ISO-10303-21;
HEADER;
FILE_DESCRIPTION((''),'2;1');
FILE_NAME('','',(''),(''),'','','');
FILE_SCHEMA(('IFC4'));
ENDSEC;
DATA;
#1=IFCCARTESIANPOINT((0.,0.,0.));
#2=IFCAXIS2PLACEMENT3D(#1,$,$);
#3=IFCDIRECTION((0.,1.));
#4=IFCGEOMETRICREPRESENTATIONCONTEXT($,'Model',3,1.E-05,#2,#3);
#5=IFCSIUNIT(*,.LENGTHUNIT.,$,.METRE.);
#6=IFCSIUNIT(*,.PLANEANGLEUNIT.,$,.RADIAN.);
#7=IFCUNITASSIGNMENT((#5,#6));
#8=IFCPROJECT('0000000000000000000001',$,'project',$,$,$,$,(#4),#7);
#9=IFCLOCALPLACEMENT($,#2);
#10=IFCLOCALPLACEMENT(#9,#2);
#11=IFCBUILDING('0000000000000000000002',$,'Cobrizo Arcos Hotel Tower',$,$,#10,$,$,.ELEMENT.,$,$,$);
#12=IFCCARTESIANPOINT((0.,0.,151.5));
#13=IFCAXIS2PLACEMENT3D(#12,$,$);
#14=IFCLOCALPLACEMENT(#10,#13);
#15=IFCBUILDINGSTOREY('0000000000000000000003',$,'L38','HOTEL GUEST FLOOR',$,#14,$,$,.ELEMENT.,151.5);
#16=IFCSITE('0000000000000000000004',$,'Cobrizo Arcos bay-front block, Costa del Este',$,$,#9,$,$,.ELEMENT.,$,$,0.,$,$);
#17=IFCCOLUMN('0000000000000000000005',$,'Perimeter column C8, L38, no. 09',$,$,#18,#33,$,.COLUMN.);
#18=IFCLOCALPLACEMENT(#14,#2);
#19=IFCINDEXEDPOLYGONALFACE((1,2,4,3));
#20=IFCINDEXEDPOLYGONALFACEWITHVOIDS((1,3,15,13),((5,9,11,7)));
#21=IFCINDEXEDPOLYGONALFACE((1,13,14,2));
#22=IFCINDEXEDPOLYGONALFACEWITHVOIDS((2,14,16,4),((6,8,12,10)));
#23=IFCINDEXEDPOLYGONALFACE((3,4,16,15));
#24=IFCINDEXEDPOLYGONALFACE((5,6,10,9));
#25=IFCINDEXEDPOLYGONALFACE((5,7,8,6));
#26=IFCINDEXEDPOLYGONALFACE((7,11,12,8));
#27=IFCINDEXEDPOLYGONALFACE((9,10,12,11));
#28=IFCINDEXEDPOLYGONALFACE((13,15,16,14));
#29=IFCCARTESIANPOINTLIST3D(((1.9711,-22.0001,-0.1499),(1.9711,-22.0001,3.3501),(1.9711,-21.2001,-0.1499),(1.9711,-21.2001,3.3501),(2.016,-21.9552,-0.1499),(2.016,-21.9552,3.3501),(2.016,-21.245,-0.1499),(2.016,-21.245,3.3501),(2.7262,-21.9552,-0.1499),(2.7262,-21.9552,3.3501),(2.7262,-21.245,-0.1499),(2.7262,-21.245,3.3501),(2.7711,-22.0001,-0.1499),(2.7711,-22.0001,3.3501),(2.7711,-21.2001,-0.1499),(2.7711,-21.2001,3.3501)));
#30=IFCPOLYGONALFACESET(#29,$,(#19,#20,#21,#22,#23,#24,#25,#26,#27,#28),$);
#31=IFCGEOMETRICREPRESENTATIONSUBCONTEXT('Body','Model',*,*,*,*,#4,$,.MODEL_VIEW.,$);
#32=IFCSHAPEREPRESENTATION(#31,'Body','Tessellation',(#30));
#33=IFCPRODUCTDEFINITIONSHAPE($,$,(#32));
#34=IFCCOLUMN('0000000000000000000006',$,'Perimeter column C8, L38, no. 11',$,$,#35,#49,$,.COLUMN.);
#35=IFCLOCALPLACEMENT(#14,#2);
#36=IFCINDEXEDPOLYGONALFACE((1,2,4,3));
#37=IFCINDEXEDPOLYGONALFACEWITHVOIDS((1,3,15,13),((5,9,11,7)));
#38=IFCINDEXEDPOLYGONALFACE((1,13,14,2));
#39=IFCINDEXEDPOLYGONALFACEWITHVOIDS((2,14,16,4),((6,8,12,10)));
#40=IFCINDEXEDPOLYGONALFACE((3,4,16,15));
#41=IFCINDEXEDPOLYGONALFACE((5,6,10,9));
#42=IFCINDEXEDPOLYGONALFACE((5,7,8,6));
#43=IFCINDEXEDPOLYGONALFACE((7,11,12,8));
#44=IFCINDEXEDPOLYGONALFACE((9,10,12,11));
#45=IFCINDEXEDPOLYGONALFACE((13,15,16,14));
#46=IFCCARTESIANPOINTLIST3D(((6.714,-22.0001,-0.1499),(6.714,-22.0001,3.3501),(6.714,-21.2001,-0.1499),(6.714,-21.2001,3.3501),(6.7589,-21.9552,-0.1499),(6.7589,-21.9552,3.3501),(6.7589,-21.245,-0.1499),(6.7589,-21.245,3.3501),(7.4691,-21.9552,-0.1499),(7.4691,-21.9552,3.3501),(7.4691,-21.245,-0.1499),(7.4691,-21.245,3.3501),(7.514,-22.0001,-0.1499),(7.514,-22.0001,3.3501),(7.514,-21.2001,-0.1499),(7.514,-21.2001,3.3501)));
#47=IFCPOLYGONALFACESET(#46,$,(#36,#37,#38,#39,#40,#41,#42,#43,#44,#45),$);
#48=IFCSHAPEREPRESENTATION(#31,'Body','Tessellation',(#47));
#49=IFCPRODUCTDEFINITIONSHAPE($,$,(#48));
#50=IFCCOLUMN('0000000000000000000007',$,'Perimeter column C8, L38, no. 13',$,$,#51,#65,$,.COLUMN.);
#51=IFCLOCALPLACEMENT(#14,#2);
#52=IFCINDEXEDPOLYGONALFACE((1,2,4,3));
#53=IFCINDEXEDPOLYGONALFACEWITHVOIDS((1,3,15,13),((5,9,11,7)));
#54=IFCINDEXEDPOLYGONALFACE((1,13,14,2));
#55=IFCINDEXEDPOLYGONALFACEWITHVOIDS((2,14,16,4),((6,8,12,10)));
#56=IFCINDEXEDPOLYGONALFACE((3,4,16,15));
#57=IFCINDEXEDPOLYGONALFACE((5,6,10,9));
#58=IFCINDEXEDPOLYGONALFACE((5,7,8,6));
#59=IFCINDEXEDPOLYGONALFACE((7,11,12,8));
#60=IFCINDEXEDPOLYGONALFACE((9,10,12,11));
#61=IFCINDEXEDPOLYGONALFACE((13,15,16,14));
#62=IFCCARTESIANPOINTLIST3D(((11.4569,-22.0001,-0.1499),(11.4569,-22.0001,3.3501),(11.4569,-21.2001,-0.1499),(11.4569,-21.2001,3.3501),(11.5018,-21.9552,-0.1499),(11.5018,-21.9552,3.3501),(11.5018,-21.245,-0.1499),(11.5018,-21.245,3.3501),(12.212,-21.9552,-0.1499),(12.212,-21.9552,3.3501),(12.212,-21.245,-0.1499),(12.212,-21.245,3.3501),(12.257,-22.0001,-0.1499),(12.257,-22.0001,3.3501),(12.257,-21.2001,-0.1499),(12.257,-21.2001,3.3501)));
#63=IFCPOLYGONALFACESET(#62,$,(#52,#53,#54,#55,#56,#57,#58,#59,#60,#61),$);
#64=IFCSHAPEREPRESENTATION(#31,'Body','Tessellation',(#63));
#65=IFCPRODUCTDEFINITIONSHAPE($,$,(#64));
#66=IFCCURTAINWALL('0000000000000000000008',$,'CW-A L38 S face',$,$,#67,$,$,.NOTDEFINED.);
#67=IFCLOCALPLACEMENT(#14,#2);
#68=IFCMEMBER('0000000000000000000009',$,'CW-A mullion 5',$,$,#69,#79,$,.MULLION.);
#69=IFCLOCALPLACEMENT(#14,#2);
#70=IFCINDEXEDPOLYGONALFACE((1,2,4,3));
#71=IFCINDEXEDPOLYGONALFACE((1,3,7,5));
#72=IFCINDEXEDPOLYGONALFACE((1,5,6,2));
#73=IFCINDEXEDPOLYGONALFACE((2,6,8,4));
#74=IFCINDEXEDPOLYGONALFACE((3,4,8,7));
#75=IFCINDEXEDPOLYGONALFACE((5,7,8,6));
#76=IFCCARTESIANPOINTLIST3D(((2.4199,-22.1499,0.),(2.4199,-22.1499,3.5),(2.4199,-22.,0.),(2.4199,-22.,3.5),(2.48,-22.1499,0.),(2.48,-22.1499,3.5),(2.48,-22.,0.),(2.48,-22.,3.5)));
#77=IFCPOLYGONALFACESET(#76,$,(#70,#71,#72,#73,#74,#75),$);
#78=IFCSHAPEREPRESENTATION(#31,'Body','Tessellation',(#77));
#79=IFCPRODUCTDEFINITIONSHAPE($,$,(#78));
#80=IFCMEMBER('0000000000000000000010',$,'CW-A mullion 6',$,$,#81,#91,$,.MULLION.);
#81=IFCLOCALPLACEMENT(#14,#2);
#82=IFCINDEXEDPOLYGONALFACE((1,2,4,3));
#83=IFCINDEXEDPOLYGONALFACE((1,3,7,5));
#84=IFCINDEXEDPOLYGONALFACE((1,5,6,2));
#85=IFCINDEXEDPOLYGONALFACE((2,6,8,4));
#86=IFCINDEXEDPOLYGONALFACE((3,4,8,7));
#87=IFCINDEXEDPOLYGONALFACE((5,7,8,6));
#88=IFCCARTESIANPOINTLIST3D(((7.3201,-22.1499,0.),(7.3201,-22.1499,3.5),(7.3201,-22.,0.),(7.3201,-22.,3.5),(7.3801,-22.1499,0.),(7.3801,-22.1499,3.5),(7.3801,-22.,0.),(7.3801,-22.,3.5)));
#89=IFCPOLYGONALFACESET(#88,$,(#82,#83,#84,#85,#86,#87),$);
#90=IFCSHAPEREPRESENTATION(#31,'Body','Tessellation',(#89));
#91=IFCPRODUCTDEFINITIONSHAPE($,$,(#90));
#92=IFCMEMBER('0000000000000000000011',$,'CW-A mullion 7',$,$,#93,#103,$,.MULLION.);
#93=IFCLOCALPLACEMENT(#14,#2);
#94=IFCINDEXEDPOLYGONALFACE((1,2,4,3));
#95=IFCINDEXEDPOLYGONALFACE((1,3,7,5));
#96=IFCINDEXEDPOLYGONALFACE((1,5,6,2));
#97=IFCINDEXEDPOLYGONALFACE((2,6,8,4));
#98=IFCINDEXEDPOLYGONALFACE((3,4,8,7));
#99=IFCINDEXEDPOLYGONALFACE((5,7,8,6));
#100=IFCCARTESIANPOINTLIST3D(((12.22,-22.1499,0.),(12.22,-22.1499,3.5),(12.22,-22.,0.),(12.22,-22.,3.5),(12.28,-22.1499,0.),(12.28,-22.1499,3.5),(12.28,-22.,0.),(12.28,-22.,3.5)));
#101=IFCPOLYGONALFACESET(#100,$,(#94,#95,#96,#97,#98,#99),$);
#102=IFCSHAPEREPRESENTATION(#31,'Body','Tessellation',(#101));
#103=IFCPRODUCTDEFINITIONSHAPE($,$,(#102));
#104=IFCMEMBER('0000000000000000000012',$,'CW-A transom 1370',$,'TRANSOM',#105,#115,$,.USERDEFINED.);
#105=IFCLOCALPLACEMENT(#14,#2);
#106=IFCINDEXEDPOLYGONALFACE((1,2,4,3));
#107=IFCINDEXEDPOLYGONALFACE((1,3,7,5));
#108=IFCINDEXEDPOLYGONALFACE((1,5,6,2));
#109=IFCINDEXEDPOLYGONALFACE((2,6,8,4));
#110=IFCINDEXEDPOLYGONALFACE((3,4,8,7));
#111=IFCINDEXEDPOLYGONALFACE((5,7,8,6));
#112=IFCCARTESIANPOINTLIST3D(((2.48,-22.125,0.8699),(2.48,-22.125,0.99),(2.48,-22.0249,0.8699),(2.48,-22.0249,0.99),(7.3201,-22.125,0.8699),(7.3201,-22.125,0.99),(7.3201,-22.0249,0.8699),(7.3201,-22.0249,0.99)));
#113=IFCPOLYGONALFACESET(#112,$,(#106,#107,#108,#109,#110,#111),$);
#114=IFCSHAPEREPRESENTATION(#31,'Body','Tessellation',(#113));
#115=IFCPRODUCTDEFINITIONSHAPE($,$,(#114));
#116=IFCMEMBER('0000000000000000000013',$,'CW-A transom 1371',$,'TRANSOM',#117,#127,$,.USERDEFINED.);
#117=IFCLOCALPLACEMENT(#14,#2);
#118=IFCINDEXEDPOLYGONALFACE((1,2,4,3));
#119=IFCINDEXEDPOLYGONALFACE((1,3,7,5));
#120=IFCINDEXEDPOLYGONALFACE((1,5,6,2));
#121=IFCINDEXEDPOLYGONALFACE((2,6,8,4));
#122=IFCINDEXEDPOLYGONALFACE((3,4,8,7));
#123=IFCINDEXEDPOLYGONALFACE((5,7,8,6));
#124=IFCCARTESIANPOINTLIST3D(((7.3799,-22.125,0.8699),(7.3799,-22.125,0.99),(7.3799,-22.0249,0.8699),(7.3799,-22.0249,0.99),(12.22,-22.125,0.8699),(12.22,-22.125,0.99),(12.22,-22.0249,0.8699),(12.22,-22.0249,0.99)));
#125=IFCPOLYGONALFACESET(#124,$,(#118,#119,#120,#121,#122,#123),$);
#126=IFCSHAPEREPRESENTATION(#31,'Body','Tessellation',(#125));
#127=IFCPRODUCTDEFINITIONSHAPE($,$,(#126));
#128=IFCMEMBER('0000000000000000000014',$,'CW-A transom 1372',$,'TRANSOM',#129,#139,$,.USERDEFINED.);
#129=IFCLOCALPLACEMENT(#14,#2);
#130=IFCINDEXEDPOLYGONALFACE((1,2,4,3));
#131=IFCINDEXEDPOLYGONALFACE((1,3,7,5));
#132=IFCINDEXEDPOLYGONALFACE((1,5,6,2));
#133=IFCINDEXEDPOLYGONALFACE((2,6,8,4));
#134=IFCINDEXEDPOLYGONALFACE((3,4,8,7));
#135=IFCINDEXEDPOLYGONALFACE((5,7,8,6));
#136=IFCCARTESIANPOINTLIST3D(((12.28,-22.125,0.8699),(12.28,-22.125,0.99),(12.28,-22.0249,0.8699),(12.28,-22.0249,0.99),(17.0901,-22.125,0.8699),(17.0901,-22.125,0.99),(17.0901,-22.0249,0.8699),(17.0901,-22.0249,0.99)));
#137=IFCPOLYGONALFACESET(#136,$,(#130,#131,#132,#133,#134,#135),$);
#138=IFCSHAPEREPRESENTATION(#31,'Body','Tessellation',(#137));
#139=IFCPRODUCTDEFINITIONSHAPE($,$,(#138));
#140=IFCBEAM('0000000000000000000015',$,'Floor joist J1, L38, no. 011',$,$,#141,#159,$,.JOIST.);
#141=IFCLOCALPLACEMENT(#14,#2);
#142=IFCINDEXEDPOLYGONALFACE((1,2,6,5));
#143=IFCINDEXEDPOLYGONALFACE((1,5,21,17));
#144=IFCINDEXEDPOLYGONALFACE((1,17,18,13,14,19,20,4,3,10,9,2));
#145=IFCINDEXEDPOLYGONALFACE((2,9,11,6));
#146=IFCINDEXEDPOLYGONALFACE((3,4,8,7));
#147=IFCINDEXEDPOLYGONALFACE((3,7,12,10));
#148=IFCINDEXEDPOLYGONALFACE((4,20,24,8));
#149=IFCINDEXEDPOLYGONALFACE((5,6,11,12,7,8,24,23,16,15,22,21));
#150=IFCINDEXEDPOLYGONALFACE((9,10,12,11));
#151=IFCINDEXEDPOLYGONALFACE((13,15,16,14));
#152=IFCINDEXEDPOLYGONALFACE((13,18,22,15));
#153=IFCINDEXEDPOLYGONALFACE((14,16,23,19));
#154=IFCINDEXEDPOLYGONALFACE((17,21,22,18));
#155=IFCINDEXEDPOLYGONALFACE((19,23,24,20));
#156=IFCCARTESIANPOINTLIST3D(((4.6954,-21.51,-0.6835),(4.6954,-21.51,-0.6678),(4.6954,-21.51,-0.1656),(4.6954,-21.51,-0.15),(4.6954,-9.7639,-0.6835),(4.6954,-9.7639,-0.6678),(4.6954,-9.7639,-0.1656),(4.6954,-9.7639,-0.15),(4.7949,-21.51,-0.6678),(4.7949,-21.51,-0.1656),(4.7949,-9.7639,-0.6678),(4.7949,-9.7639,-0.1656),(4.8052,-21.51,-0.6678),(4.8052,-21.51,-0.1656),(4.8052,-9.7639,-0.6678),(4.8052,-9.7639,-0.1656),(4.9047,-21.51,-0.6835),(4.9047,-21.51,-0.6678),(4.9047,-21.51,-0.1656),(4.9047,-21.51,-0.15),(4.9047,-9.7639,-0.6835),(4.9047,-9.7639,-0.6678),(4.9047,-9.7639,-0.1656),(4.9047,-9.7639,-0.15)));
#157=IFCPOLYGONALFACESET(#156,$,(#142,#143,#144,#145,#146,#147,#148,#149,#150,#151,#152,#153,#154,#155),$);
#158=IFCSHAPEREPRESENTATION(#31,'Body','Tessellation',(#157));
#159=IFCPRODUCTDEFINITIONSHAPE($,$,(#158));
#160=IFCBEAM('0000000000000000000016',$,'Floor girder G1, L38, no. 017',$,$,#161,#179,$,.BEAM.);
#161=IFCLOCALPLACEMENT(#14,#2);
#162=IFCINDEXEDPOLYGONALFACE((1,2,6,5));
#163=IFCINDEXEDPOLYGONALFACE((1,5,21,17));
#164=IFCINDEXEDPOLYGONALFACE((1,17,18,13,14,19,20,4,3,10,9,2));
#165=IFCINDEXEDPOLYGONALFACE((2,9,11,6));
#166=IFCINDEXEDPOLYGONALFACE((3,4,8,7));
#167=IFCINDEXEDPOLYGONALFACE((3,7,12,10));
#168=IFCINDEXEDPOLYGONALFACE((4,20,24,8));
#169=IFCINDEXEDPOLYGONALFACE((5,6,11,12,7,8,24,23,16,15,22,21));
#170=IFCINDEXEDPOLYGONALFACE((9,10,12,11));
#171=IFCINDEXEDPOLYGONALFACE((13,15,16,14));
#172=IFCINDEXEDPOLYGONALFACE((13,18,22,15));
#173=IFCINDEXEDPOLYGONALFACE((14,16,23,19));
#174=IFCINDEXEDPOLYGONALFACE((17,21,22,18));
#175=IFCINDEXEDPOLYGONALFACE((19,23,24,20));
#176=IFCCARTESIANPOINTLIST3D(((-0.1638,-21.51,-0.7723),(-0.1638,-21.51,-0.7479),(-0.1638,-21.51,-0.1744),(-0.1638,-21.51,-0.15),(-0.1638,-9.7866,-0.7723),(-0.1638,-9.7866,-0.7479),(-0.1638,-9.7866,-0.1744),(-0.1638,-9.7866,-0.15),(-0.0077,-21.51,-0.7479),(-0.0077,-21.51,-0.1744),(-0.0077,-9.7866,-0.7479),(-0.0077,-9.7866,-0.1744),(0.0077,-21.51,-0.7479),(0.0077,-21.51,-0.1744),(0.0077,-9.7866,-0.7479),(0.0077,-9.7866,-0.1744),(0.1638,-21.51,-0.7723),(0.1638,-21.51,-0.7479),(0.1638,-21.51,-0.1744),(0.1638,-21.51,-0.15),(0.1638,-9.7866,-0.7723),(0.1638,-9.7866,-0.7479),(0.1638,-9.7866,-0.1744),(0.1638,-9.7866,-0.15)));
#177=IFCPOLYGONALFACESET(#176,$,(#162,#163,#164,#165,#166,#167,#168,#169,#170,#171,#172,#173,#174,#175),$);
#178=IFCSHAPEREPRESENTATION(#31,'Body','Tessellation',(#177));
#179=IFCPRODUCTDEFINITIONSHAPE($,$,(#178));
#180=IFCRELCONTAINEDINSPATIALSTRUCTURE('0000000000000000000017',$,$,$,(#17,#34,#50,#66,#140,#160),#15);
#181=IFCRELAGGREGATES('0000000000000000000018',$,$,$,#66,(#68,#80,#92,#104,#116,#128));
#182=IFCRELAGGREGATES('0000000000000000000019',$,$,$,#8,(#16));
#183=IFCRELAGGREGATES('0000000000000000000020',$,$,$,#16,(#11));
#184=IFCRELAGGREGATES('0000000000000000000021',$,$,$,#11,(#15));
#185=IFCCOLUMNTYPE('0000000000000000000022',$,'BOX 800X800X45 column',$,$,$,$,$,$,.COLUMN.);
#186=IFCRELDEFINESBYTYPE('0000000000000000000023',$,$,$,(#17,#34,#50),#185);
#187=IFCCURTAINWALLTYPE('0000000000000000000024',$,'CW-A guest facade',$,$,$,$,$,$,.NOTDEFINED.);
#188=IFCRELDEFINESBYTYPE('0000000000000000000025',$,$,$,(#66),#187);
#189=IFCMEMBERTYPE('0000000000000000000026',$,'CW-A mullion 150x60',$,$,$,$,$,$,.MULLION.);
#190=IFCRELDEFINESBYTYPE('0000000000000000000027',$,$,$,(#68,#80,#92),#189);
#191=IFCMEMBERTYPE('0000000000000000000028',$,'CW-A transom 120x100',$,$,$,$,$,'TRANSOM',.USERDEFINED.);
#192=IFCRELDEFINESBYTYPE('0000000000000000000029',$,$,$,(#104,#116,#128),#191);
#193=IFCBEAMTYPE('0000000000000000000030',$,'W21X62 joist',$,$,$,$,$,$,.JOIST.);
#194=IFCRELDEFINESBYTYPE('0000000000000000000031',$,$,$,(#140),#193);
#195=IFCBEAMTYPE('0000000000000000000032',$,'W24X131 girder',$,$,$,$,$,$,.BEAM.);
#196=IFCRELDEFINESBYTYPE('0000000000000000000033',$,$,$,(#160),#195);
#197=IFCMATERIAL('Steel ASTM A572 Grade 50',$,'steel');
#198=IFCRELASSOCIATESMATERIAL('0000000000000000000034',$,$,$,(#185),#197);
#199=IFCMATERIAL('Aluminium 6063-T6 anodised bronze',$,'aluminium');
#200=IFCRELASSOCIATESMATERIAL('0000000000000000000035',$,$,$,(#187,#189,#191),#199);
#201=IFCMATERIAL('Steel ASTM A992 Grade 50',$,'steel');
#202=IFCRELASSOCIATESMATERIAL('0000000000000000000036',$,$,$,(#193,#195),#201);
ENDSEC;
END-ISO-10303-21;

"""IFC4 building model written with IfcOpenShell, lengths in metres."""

from ifc_helpers import new_model, si_unit, direction, frame, origin, origin_2d, place, context, subcontext, project, spatial, rectangle, hollow_rectangle, i_section, extrude, material, material_profile, profile_set, type_object, element, aggregate, save


model = new_model("IFC4")

# Units and contexts
model_context = context("Model", 3, precision=1e-05, world=origin(), true_north=direction((0.0, 1.0)))
body_context = subcontext(model_context, "Body", "Model", "MODEL_VIEW")
ifc_project = project(units=[si_unit("LENGTHUNIT", "METRE"), si_unit("PLANEANGLEUNIT", "RADIAN")], contexts=[model_context])

# Site, building, storey
site_placement = place(None, origin())
site = spatial("IfcSite", under=ifc_project, at=site_placement, Name="Cobrizo Arcos bay-front block, Costa del Este", CompositionType="ELEMENT", RefElevation=0.0)
building_placement = place(site_placement, origin())
building = spatial("IfcBuilding", under=site, at=building_placement, Name="Cobrizo Arcos Hotel Tower", CompositionType="ELEMENT")
storey_placement = place(building_placement, frame((0.0, 0.0, 151.5)))
storey = spatial("IfcBuildingStorey", under=building, at=storey_placement, Name="L38", Description="HOTEL GUEST FLOOR", CompositionType="ELEMENT", Elevation=151.5)

# Columns
ifc_material_1 = material(Name="Steel ASTM A572 Grade 50", Category="steel")
ifc_material_profile_1 = material_profile(ifc_material_1, hollow_rectangle(XDim=0.8, YDim=0.8, WallThickness=0.0449, at=origin_2d()), Name="BOX 800X800X45")
ifc_profile_set_1 = profile_set([ifc_material_profile_1], Name="Steel ASTM A572 Grade 50")
column_type = type_object("IfcColumnType", Name="BOX 800X800X45 column", PredefinedType="COLUMN", material=ifc_profile_set_1)
for number, where, z_axis, x_axis, name in (
    (1, (2.3711, -21.6001, -0.1499), (0.0, 0.0, 1.0), (1.0, 0.0, 0.0), "Perimeter column C8, L38, no. 09"),
    (2, (7.114, -21.6001, -0.1499), (0.0, 0.0, 1.0), (1.0, 0.0, 0.0), "Perimeter column C8, L38, no. 11"),
    (3, (11.8569, -21.6001, -0.1499), (0.0, 0.0, 1.0), (1.0, 0.0, 0.0), "Perimeter column C8, L38, no. 13"),
):
    element("IfcColumn", number, at=place(storey_placement, frame(where, z_axis=z_axis, x_axis=x_axis)), inside=storey, type_object=column_type, Name=name, PredefinedType="COLUMN", context=body_context, shape_type="SweptSolid", body=[
        extrude(hollow_rectangle(XDim=0.8, YDim=0.8, WallThickness=0.0449, at=origin_2d()), origin(), (0.0, 0.0, 1.0), 3.5),
    ])

# Curtain wall, members
ifc_material_2 = material(Name="Aluminium 6063-T6 anodised bronze", Category="aluminium")
curtain_wall_type = type_object("IfcCurtainWallType", Name="CW-A guest facade", PredefinedType="NOTDEFINED", material=ifc_material_2)
curtain_wall_placement = place(storey_placement, origin())
curtain_wall = element("IfcCurtainWall", 4, at=curtain_wall_placement, inside=storey, type_object=curtain_wall_type, Name="CW-A L38 S face", PredefinedType="NOTDEFINED")
ifc_material_profile_2 = material_profile(ifc_material_2, rectangle(XDim=0.1499, YDim=0.0601, at=origin_2d()), Name="CW-A mullion 150x60")
ifc_profile_set_2 = profile_set([ifc_material_profile_2], Name="Aluminium 6063-T6 anodised bronze")
member_type_1 = type_object("IfcMemberType", Name="CW-A mullion 150x60", PredefinedType="MULLION", material=ifc_profile_set_2)
member_1_placement = place(storey_placement, frame((2.45, -22.075, 0.0), z_axis=(0.0, 0.0, 1.0), x_axis=(0.0, -1.0, 0.0)))
member_1 = element("IfcMember", 5, at=member_1_placement, type_object=member_type_1, Name="CW-A mullion 5", PredefinedType="MULLION", context=body_context, shape_type="SweptSolid", body=[
    extrude(rectangle(XDim=0.1499, YDim=0.0601, at=origin_2d()), origin(), (0.0, 0.0, 1.0), 3.5),
])
member_2_placement = place(storey_placement, frame((7.3501, -22.075, 0.0), z_axis=(0.0, 0.0, 1.0), x_axis=(0.0, -1.0, 0.0)))
member_2 = element("IfcMember", 6, at=member_2_placement, type_object=member_type_1, Name="CW-A mullion 6", PredefinedType="MULLION", context=body_context, shape_type="SweptSolid", body=[
    extrude(rectangle(XDim=0.1499, YDim=0.0601, at=origin_2d()), origin(), (0.0, 0.0, 1.0), 3.5),
])
member_3_placement = place(storey_placement, frame((12.25, -22.075, 0.0), z_axis=(0.0, 0.0, 1.0), x_axis=(0.0, -1.0, 0.0)))
member_3 = element("IfcMember", 7, at=member_3_placement, type_object=member_type_1, Name="CW-A mullion 7", PredefinedType="MULLION", context=body_context, shape_type="SweptSolid", body=[
    extrude(rectangle(XDim=0.1499, YDim=0.0601, at=origin_2d()), origin(), (0.0, 0.0, 1.0), 3.5),
])
ifc_material_profile_3 = material_profile(ifc_material_2, rectangle(XDim=0.1001, YDim=0.1201, at=origin_2d()), Name="CW-A transom 120x100")
ifc_profile_set_3 = profile_set([ifc_material_profile_3], Name="Aluminium 6063-T6 anodised bronze")
member_type_2 = type_object("IfcMemberType", Name="CW-A transom 120x100", ElementType="TRANSOM", PredefinedType="USERDEFINED", material=ifc_profile_set_3)
member_4_placement = place(storey_placement, frame((2.48, -22.075, 0.9299), z_axis=(1.0, 0.0, 0.0), x_axis=(0.0, 1.0, 0.0)))
member_4 = element("IfcMember", 8, at=member_4_placement, type_object=member_type_2, Name="CW-A transom 1370", ObjectType="TRANSOM", PredefinedType="USERDEFINED", context=body_context, shape_type="SweptSolid", body=[
    extrude(rectangle(XDim=0.1001, YDim=0.1201, at=origin_2d()), origin(), (0.0, 0.0, 1.0), 4.8401),
])
member_5_placement = place(storey_placement, frame((7.3799, -22.075, 0.9299), z_axis=(1.0, 0.0, 0.0), x_axis=(0.0, 1.0, 0.0)))
member_5 = element("IfcMember", 9, at=member_5_placement, type_object=member_type_2, Name="CW-A transom 1371", ObjectType="TRANSOM", PredefinedType="USERDEFINED", context=body_context, shape_type="SweptSolid", body=[
    extrude(rectangle(XDim=0.1001, YDim=0.1201, at=origin_2d()), origin(), (0.0, 0.0, 1.0), 4.8401),
])
member_6_placement = place(storey_placement, frame((12.28, -22.075, 0.9299), z_axis=(1.0, 0.0, 0.0), x_axis=(0.0, 1.0, 0.0)))
member_6 = element("IfcMember", 10, at=member_6_placement, type_object=member_type_2, Name="CW-A transom 1372", ObjectType="TRANSOM", PredefinedType="USERDEFINED", context=body_context, shape_type="SweptSolid", body=[
    extrude(rectangle(XDim=0.1001, YDim=0.1201, at=origin_2d()), origin(), (0.0, 0.0, 1.0), 4.8101),
])

# Beams
ifc_material_3 = material(Name="Steel ASTM A992 Grade 50", Category="steel")
ifc_material_profile_4 = material_profile(ifc_material_3, i_section(OverallWidth=0.2092, OverallDepth=0.5334, WebThickness=0.0103, FlangeThickness=0.0156, at=origin_2d()), Name="W21X62")
ifc_profile_set_4 = profile_set([ifc_material_profile_4], Name="Steel ASTM A992 Grade 50")
beam_type_1 = type_object("IfcBeamType", Name="W21X62 joist", PredefinedType="JOIST", material=ifc_profile_set_4)
beam_1_placement = place(storey_placement, frame((4.8, -21.51, -0.4167), z_axis=(0.0, 1.0, 0.0), x_axis=(-1.0, 0.0, 0.0)))
element("IfcBeam", 11, at=beam_1_placement, inside=storey, type_object=beam_type_1, Name="Floor joist J1, L38, no. 011", PredefinedType="JOIST", context=body_context, shape_type="SweptSolid", body=[
    extrude(i_section(OverallWidth=0.2092, OverallDepth=0.5334, WebThickness=0.0103, FlangeThickness=0.0156, at=origin_2d()), origin(), (0.0, 0.0, 1.0), 11.7461),
])
ifc_material_profile_5 = material_profile(ifc_material_3, i_section(OverallWidth=0.3276, OverallDepth=0.6223, WebThickness=0.0154, FlangeThickness=0.0244, at=origin_2d()), Name="W24X131")
ifc_profile_set_5 = profile_set([ifc_material_profile_5], Name="Steel ASTM A992 Grade 50")
beam_type_2 = type_object("IfcBeamType", Name="W24X131 girder", PredefinedType="BEAM", material=ifc_profile_set_5)
beam_2_placement = place(storey_placement, frame((0.0, -21.51, -0.4612), z_axis=(0.0, 1.0, 0.0), x_axis=(-1.0, 0.0, 0.0)))
element("IfcBeam", 12, at=beam_2_placement, inside=storey, type_object=beam_type_2, Name="Floor girder G1, L38, no. 017", PredefinedType="BEAM", context=body_context, shape_type="SweptSolid", body=[
    extrude(i_section(OverallWidth=0.3276, OverallDepth=0.6223, WebThickness=0.0154, FlangeThickness=0.0244, at=origin_2d()), origin(), (0.0, 0.0, 1.0), 11.7234),
])

aggregate(curtain_wall, [member_1, member_2, member_3, member_4, member_5, member_6])

save(model, "model.ifc")
